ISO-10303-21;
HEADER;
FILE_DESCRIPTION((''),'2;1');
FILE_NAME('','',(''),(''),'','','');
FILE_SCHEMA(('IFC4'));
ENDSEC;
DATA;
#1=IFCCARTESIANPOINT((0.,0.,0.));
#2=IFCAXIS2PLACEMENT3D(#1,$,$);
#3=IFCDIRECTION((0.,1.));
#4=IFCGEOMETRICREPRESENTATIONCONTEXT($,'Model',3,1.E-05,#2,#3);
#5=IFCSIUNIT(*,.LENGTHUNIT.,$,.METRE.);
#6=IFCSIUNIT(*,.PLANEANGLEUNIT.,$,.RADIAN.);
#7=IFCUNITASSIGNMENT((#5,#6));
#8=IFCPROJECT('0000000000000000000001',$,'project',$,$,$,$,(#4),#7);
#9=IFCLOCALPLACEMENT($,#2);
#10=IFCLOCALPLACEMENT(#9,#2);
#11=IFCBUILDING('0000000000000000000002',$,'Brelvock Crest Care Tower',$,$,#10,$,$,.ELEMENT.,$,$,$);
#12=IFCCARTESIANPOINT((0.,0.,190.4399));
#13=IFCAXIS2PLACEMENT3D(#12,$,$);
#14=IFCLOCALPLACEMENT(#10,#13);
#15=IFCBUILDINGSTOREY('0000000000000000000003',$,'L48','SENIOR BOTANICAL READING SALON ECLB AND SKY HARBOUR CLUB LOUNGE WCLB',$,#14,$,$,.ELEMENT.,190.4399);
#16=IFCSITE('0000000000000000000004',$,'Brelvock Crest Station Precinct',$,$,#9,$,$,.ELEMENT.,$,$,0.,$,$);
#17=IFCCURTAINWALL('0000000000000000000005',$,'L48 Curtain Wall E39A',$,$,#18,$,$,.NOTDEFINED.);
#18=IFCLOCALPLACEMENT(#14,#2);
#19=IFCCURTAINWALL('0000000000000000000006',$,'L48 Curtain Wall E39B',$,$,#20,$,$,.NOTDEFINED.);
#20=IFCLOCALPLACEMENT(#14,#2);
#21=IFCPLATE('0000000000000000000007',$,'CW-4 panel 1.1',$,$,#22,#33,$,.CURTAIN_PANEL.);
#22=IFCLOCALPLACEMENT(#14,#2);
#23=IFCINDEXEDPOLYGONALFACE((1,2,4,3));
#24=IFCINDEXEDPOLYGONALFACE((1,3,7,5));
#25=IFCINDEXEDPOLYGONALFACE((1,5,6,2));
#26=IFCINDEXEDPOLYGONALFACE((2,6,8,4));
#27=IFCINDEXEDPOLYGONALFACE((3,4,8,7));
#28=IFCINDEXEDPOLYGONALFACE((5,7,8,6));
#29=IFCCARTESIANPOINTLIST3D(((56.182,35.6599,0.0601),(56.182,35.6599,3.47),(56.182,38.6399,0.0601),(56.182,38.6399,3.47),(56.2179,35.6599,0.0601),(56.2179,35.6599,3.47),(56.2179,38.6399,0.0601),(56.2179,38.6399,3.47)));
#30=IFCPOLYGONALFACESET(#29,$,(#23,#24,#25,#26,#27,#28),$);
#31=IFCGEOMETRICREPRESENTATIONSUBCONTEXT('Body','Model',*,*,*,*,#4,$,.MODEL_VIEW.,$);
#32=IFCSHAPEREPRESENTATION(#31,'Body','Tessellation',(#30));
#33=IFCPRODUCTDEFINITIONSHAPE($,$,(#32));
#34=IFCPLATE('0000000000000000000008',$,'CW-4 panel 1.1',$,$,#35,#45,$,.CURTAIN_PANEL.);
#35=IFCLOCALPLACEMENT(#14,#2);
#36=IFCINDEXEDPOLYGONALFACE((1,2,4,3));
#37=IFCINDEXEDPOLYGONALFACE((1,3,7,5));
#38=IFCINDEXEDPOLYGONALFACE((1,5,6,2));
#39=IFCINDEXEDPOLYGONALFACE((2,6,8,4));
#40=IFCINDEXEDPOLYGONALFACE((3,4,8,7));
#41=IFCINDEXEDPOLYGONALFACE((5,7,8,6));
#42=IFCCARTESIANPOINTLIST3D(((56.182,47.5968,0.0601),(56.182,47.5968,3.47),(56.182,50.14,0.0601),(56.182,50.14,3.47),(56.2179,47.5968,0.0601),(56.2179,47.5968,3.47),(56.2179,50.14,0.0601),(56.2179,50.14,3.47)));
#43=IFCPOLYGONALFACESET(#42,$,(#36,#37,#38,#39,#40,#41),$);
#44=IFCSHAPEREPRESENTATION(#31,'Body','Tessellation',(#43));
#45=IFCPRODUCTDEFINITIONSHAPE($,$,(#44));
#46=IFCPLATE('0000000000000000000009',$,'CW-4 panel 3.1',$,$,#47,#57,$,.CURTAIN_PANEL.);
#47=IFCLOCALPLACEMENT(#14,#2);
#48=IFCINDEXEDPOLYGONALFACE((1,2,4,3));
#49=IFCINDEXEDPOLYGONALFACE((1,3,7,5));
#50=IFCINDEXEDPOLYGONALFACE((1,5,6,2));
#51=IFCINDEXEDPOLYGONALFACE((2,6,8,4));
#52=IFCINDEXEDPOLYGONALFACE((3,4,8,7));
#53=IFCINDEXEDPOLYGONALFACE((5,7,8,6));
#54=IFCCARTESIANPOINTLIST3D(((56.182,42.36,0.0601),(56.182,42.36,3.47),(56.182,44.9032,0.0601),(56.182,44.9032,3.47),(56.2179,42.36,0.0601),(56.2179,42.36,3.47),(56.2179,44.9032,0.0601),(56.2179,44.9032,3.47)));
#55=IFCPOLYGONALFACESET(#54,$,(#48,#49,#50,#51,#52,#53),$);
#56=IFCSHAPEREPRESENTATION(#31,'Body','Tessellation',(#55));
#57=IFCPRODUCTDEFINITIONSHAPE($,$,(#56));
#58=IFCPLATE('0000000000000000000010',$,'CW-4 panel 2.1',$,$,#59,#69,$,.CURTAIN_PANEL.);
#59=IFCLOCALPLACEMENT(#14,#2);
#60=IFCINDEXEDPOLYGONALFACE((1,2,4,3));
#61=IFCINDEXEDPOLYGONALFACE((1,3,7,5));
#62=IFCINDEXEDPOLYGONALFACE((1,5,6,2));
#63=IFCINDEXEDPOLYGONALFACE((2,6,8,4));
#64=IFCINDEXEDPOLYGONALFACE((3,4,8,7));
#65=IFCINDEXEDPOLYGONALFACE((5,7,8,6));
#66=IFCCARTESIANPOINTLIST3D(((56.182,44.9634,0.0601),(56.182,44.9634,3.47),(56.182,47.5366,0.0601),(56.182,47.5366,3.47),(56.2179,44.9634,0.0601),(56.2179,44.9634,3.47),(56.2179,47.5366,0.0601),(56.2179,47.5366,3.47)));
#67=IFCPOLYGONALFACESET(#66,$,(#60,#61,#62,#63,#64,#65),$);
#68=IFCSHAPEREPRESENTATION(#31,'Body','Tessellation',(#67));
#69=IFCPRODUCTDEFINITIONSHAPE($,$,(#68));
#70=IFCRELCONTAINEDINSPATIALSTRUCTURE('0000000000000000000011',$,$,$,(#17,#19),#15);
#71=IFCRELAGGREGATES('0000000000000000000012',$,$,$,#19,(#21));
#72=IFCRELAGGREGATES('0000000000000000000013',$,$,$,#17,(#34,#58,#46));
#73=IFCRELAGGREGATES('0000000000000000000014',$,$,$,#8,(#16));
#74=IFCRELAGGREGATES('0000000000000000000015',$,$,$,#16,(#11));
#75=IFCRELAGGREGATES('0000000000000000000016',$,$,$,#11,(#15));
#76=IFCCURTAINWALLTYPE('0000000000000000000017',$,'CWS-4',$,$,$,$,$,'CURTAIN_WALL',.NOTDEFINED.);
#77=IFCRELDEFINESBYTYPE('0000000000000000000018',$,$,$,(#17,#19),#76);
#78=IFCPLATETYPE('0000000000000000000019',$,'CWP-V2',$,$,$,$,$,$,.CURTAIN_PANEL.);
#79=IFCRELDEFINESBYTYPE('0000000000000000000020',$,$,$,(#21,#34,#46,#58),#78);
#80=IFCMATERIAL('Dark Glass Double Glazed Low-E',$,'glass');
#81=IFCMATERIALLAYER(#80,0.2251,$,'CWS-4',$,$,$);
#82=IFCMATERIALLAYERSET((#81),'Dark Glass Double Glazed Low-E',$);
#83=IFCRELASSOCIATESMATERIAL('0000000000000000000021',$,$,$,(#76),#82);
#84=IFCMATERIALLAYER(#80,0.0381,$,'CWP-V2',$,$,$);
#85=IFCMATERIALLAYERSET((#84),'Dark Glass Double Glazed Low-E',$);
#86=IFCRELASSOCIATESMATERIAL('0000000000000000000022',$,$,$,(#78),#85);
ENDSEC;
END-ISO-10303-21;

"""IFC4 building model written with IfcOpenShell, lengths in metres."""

from ifc_helpers import new_model, si_unit, direction, frame, origin, origin_2d, place, context, subcontext, project, spatial, rectangle, extrude, source, transform, mapped, material, layer, layer_set, type_object, element, aggregate, save


model = new_model("IFC4")

# Units and contexts
model_context = context("Model", 3, precision=1e-05, world=origin(), true_north=direction((0.0, 1.0)))
body_context = subcontext(model_context, "Body", "Model", "MODEL_VIEW")
ifc_project = project(units=[si_unit("LENGTHUNIT", "METRE"), si_unit("PLANEANGLEUNIT", "RADIAN")], contexts=[model_context])

# Site, building, storey
site_placement = place(None, origin())
site = spatial("IfcSite", under=ifc_project, at=site_placement, Name="Brelvock Crest Station Precinct", CompositionType="ELEMENT", RefElevation=0.0)
building_placement = place(site_placement, origin())
building = spatial("IfcBuilding", under=site, at=building_placement, Name="Brelvock Crest Care Tower", CompositionType="ELEMENT")
storey_placement = place(building_placement, frame((0.0, 0.0, 190.4399)))
storey = spatial("IfcBuildingStorey", under=building, at=storey_placement, Name="L48", Description="SENIOR BOTANICAL READING SALON ECLB AND SKY HARBOUR CLUB LOUNGE WCLB", CompositionType="ELEMENT", Elevation=190.4399)

# Curtain walls
ifc_material_1 = material(Name="Dark Glass Double Glazed Low-E", Category="glass")
ifc_layer_1 = layer(ifc_material_1, 0.2251, Name="CWS-4")
ifc_layer_set_1 = layer_set([ifc_layer_1], Name="Dark Glass Double Glazed Low-E")
curtain_wall_type = type_object("IfcCurtainWallType", Name="CWS-4", ElementType="CURTAIN_WALL", PredefinedType="NOTDEFINED", material=ifc_layer_set_1)
curtain_wall_1_placement = place(storey_placement, origin())
curtain_wall_1 = element("IfcCurtainWall", 1, at=curtain_wall_1_placement, inside=storey, type_object=curtain_wall_type, Name="L48 Curtain Wall E39A", PredefinedType="NOTDEFINED")
curtain_wall_2_placement = place(storey_placement, origin())
curtain_wall_2 = element("IfcCurtainWall", 2, at=curtain_wall_2_placement, inside=storey, type_object=curtain_wall_type, Name="L48 Curtain Wall E39B", PredefinedType="NOTDEFINED")

# Plates
ifc_layer_2 = layer(ifc_material_1, 0.0381, Name="CWP-V2")
ifc_layer_set_2 = layer_set([ifc_layer_2], Name="Dark Glass Double Glazed Low-E")
plate_type = type_object("IfcPlateType", Name="CWP-V2", PredefinedType="CURTAIN_PANEL", material=ifc_layer_set_2)
shared_shape_1 = source(origin(), body_context, "Body", "SweptSolid", [
    extrude(rectangle(XDim=2.98, YDim=0.0359, at=origin_2d()), origin(), (0.0, 0.0, 1.0), 3.4099),
])
plate_1_placement = place(storey_placement, frame((56.2, 37.1499, 0.0601), z_axis=(0.0, 0.0, 1.0), x_axis=(0.0, -1.0, 0.0)))
plate_1 = element("IfcPlate", 3, at=plate_1_placement, type_object=plate_type, Name="CW-4 panel 1.1", PredefinedType="CURTAIN_PANEL", context=body_context, shape_type="MappedRepresentation", body=[
    mapped(shared_shape_1, transform((0.0, 0.0, 0.0), x_axis=(1.0, 0.0, 0.0), y_axis=(0.0, 1.0, 0.0), z_axis=(0.0, 0.0, 1.0), scale=1.0)),
])
aggregate(curtain_wall_2, [plate_1])
shared_shape_2 = source(origin(), body_context, "Body", "SweptSolid", [
    extrude(rectangle(XDim=2.5432, YDim=0.0359, at=origin_2d()), origin(), (0.0, 0.0, 1.0), 3.4099),
])
plate_2_placement = place(storey_placement, frame((56.2, 48.8684, 0.0601), z_axis=(0.0, 0.0, 1.0), x_axis=(0.0, -1.0, 0.0)))
plate_2 = element("IfcPlate", 4, at=plate_2_placement, type_object=plate_type, Name="CW-4 panel 1.1", PredefinedType="CURTAIN_PANEL", context=body_context, shape_type="MappedRepresentation", body=[
    mapped(shared_shape_2, transform((0.0, 0.0, 0.0), x_axis=(1.0, 0.0, 0.0), y_axis=(0.0, 1.0, 0.0), z_axis=(0.0, 0.0, 1.0), scale=1.0)),
])
plate_3_placement = place(storey_placement, frame((56.2, 43.6316, 0.0601), z_axis=(0.0, 0.0, 1.0), x_axis=(0.0, -1.0, 0.0)))
plate_3 = element("IfcPlate", 5, at=plate_3_placement, type_object=plate_type, Name="CW-4 panel 3.1", PredefinedType="CURTAIN_PANEL", context=body_context, shape_type="MappedRepresentation", body=[
    mapped(shared_shape_2, transform((0.0, 0.0, 0.0), x_axis=(1.0, 0.0, 0.0), y_axis=(0.0, 1.0, 0.0), z_axis=(0.0, 0.0, 1.0), scale=1.0)),
])
shared_shape_3 = source(origin(), body_context, "Body", "SweptSolid", [
    extrude(rectangle(XDim=2.5732, YDim=0.0359, at=origin_2d()), origin(), (0.0, 0.0, 1.0), 3.4099),
])
plate_4_placement = place(storey_placement, frame((56.2, 46.25, 0.0601), z_axis=(0.0, 0.0, 1.0), x_axis=(0.0, -1.0, 0.0)))
plate_4 = element("IfcPlate", 6, at=plate_4_placement, type_object=plate_type, Name="CW-4 panel 2.1", PredefinedType="CURTAIN_PANEL", context=body_context, shape_type="MappedRepresentation", body=[
    mapped(shared_shape_3, transform((0.0, 0.0, 0.0), x_axis=(1.0, 0.0, 0.0), y_axis=(0.0, 1.0, 0.0), z_axis=(0.0, 0.0, 1.0), scale=1.0)),
])
aggregate(curtain_wall_1, [plate_2, plate_4, plate_3])

save(model, "model.ifc")
